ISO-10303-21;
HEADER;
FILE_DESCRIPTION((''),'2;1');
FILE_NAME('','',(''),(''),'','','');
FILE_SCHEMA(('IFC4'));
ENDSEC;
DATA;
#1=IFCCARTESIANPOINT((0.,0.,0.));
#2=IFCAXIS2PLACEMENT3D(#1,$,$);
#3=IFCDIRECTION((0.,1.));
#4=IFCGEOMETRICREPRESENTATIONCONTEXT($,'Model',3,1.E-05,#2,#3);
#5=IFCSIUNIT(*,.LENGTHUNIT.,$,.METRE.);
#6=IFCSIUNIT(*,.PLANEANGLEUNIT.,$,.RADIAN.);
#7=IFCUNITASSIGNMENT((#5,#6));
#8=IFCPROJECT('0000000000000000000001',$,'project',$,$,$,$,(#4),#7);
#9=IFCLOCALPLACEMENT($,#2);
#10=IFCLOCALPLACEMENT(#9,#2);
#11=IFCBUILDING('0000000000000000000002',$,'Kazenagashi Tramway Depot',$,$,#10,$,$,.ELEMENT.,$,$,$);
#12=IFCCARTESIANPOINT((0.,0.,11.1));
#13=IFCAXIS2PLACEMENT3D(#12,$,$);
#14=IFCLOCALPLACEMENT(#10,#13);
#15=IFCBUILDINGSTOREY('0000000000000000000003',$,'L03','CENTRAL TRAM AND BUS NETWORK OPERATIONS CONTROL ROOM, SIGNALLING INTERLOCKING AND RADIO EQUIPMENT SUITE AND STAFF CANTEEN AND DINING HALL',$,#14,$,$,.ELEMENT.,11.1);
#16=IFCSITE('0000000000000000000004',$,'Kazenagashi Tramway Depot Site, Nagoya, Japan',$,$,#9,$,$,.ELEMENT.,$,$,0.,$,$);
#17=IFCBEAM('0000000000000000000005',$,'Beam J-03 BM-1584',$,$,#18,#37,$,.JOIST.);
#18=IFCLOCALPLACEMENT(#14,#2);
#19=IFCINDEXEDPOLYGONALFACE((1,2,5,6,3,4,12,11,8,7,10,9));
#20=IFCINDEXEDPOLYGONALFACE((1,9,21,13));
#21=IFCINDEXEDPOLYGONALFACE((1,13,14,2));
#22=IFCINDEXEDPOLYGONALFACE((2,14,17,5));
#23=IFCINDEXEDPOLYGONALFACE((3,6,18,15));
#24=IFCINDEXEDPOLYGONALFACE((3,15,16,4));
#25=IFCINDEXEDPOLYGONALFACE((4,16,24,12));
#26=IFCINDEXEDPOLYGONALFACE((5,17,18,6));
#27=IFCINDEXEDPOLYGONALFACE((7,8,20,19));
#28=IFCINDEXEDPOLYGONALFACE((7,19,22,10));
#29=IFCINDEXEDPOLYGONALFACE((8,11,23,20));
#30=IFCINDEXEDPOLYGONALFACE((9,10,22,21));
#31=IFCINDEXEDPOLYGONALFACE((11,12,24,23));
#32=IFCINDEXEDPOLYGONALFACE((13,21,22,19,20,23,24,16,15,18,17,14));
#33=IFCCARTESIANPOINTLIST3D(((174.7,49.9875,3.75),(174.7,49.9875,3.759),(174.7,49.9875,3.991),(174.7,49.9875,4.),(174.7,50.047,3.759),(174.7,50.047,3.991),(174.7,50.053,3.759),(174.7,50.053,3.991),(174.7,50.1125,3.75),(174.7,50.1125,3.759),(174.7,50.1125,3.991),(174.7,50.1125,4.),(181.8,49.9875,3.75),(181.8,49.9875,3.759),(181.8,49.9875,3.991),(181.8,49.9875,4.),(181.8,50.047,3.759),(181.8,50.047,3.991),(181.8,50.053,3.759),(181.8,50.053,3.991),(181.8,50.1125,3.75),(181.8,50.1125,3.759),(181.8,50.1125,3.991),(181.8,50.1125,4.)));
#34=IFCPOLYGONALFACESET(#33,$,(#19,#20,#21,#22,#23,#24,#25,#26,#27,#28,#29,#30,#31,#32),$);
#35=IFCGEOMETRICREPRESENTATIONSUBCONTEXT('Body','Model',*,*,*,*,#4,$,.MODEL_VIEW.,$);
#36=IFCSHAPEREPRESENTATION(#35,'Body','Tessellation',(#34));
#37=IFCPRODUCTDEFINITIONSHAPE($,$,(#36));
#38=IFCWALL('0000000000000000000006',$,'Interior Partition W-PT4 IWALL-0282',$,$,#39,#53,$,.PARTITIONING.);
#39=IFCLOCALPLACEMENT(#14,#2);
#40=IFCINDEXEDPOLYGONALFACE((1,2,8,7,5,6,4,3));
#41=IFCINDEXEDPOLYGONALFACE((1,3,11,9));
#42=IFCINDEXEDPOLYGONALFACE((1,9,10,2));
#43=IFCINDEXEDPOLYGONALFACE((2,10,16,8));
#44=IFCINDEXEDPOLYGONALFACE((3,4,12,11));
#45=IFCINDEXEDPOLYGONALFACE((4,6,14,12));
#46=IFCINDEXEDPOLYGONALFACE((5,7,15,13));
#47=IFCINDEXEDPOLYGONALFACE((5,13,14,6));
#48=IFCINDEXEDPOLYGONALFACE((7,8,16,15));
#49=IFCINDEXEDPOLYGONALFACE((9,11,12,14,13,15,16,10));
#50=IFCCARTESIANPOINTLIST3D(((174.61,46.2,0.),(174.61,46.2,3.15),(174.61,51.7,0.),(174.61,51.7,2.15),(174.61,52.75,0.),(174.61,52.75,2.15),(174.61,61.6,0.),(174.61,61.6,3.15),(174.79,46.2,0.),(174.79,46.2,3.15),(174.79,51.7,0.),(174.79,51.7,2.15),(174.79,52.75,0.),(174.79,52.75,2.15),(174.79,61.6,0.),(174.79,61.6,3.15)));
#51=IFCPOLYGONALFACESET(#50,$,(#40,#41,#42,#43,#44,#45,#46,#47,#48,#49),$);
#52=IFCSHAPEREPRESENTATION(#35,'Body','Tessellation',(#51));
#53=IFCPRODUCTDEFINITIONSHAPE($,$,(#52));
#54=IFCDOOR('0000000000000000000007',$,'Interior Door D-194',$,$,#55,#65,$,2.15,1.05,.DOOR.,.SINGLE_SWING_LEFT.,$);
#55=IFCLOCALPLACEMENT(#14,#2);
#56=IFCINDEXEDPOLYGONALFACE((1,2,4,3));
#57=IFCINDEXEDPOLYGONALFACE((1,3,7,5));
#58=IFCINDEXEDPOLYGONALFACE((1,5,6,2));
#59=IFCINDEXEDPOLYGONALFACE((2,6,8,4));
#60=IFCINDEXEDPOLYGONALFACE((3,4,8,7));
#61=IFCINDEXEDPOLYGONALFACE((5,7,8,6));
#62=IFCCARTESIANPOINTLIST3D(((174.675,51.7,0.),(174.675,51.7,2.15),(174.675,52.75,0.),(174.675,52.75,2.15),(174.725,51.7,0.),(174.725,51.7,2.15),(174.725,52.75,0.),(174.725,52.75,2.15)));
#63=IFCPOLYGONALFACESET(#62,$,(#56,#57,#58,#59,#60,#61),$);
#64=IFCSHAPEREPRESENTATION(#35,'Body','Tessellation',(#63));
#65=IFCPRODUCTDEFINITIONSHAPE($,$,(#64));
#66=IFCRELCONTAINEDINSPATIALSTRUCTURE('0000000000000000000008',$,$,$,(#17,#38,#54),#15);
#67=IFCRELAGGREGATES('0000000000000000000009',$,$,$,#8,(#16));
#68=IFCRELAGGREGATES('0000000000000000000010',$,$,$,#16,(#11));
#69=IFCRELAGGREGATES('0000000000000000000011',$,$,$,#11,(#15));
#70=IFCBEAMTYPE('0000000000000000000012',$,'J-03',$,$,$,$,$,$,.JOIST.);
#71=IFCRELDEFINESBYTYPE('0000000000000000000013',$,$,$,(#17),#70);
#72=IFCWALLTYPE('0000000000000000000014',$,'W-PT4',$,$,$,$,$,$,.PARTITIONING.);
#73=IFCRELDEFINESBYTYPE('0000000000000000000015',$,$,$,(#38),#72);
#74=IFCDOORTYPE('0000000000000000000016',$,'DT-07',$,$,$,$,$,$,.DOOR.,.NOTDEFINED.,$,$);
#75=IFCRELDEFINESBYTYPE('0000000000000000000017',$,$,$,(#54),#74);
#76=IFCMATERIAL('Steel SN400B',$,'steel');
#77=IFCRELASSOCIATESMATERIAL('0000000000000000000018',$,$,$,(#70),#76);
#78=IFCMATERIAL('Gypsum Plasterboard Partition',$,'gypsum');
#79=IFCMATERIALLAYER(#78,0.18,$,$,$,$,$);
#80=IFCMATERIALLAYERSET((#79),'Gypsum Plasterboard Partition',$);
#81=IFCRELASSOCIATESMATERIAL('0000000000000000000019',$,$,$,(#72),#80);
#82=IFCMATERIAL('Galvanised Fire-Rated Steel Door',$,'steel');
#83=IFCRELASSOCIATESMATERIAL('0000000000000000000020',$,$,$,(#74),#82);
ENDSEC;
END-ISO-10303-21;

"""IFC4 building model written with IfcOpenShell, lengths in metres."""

from ifc_helpers import new_model, si_unit, direction, frame, frame_2d, origin, origin_2d, place, context, subcontext, project, spatial, rectangle, i_section, extrude, material, layer, layer_set, material_profile, profile_set, type_object, element, fill, save


model = new_model("IFC4")

# Units and contexts
model_context = context("Model", 3, precision=1e-05, world=origin(), true_north=direction((0.0, 1.0)))
body_context = subcontext(model_context, "Body", "Model", "MODEL_VIEW")
ifc_project = project(units=[si_unit("LENGTHUNIT", "METRE"), si_unit("PLANEANGLEUNIT", "RADIAN")], contexts=[model_context])

# Site, building, storey
site_placement = place(None, origin())
site = spatial("IfcSite", under=ifc_project, at=site_placement, Name="Kazenagashi Tramway Depot Site, Nagoya, Japan", CompositionType="ELEMENT", RefElevation=0.0)
building_placement = place(site_placement, origin())
building = spatial("IfcBuilding", under=site, at=building_placement, Name="Kazenagashi Tramway Depot", CompositionType="ELEMENT")
storey_placement = place(building_placement, frame((0.0, 0.0, 11.1)))
storey = spatial("IfcBuildingStorey", under=building, at=storey_placement, Name="L03", Description="CENTRAL TRAM AND BUS NETWORK OPERATIONS CONTROL ROOM, SIGNALLING INTERLOCKING AND RADIO EQUIPMENT SUITE AND STAFF CANTEEN AND DINING HALL", CompositionType="ELEMENT", Elevation=11.1)

# Beam
ifc_material_1 = material(Name="Steel SN400B", Category="steel")
ifc_material_profile_1 = material_profile(ifc_material_1, i_section(OverallWidth=0.125, OverallDepth=0.25, WebThickness=0.006, FlangeThickness=0.009, at=origin_2d()), Name="H-250x125x6x9")
ifc_profile_set_1 = profile_set([ifc_material_profile_1], Name="Steel SN400B")
beam_type_1 = type_object("IfcBeamType", Name="J-03", PredefinedType="JOIST", material=ifc_profile_set_1)
for number, where, z_axis, x_axis, name in (
    (1, (174.7, 50.05, 3.875), (1.0, 0.0, 0.0), (0.0, 1.0, 0.0), "Beam J-03 BM-1584"),
):
    element("IfcBeam", number, at=place(storey_placement, frame(where, z_axis=z_axis, x_axis=x_axis)), inside=storey, type_object=beam_type_1, Name=name, PredefinedType="JOIST", context=body_context, shape_type="SweptSolid", body=[
        extrude(i_section(OverallWidth=0.125, OverallDepth=0.25, WebThickness=0.006, FlangeThickness=0.009, at=origin_2d()), origin(), (0.0, 0.0, 1.0), 7.1),
    ])

# Wall, opening, door
ifc_material_2 = material(Name="Gypsum Plasterboard Partition", Category="gypsum")
ifc_layer = layer(ifc_material_2, 0.18)
ifc_layer_set = layer_set([ifc_layer], Name="Gypsum Plasterboard Partition")
wall_type = type_object("IfcWallType", Name="W-PT4", PredefinedType="PARTITIONING", material=ifc_layer_set)
wall_placement = place(storey_placement, frame((174.7, 46.2, 0.0), z_axis=(0.0, 0.0, 1.0), x_axis=(0.0, 1.0, 0.0)))
wall = element("IfcWall", 2, at=wall_placement, inside=storey, type_object=wall_type, Name="Interior Partition W-PT4 IWALL-0282", PredefinedType="PARTITIONING", context=body_context, shape_type="SweptSolid", body=[
    extrude(rectangle(XDim=15.4, YDim=0.18, at=frame_2d((7.7, 0.0))), origin(), (0.0, 0.0, 1.0), 3.15),
])
opening_placement = place(wall_placement, frame((5.5, 0.0, 0.0)))
opening = element("IfcOpeningElement", 3, at=opening_placement, cuts=wall, PredefinedType="OPENING", context=body_context, shape_type="SweptSolid", body=[
    extrude(rectangle(XDim=1.05, YDim=2.15, at=frame_2d((0.525, 1.075))), frame((0.0, 0.1, 0.0), z_axis=(0.0, -1.0, 0.0), x_axis=(1.0, 0.0, 0.0)), (0.0, 0.0, 1.0), 0.2),
])
ifc_material_3 = material(Name="Galvanised Fire-Rated Steel Door", Category="steel")
door_type = type_object("IfcDoorType", Name="DT-07", OperationType="NOTDEFINED", PredefinedType="DOOR", material=ifc_material_3)
door_placement = place(opening_placement, origin())
door = element("IfcDoor", 4, at=door_placement, inside=storey, type_object=door_type, Name="Interior Door D-194", OperationType="SINGLE_SWING_LEFT", OverallHeight=2.15, OverallWidth=1.05, PredefinedType="DOOR", context=body_context, shape_type="SweptSolid", body=[
    extrude(rectangle(XDim=1.05, YDim=2.15, at=frame_2d((0.525, 1.075))), frame((0.0, 0.025, 0.0), z_axis=(0.0, -1.0, 0.0), x_axis=(1.0, 0.0, 0.0)), (0.0, 0.0, 1.0), 0.05),
])
fill(opening, door)

save(model, "model.ifc")
